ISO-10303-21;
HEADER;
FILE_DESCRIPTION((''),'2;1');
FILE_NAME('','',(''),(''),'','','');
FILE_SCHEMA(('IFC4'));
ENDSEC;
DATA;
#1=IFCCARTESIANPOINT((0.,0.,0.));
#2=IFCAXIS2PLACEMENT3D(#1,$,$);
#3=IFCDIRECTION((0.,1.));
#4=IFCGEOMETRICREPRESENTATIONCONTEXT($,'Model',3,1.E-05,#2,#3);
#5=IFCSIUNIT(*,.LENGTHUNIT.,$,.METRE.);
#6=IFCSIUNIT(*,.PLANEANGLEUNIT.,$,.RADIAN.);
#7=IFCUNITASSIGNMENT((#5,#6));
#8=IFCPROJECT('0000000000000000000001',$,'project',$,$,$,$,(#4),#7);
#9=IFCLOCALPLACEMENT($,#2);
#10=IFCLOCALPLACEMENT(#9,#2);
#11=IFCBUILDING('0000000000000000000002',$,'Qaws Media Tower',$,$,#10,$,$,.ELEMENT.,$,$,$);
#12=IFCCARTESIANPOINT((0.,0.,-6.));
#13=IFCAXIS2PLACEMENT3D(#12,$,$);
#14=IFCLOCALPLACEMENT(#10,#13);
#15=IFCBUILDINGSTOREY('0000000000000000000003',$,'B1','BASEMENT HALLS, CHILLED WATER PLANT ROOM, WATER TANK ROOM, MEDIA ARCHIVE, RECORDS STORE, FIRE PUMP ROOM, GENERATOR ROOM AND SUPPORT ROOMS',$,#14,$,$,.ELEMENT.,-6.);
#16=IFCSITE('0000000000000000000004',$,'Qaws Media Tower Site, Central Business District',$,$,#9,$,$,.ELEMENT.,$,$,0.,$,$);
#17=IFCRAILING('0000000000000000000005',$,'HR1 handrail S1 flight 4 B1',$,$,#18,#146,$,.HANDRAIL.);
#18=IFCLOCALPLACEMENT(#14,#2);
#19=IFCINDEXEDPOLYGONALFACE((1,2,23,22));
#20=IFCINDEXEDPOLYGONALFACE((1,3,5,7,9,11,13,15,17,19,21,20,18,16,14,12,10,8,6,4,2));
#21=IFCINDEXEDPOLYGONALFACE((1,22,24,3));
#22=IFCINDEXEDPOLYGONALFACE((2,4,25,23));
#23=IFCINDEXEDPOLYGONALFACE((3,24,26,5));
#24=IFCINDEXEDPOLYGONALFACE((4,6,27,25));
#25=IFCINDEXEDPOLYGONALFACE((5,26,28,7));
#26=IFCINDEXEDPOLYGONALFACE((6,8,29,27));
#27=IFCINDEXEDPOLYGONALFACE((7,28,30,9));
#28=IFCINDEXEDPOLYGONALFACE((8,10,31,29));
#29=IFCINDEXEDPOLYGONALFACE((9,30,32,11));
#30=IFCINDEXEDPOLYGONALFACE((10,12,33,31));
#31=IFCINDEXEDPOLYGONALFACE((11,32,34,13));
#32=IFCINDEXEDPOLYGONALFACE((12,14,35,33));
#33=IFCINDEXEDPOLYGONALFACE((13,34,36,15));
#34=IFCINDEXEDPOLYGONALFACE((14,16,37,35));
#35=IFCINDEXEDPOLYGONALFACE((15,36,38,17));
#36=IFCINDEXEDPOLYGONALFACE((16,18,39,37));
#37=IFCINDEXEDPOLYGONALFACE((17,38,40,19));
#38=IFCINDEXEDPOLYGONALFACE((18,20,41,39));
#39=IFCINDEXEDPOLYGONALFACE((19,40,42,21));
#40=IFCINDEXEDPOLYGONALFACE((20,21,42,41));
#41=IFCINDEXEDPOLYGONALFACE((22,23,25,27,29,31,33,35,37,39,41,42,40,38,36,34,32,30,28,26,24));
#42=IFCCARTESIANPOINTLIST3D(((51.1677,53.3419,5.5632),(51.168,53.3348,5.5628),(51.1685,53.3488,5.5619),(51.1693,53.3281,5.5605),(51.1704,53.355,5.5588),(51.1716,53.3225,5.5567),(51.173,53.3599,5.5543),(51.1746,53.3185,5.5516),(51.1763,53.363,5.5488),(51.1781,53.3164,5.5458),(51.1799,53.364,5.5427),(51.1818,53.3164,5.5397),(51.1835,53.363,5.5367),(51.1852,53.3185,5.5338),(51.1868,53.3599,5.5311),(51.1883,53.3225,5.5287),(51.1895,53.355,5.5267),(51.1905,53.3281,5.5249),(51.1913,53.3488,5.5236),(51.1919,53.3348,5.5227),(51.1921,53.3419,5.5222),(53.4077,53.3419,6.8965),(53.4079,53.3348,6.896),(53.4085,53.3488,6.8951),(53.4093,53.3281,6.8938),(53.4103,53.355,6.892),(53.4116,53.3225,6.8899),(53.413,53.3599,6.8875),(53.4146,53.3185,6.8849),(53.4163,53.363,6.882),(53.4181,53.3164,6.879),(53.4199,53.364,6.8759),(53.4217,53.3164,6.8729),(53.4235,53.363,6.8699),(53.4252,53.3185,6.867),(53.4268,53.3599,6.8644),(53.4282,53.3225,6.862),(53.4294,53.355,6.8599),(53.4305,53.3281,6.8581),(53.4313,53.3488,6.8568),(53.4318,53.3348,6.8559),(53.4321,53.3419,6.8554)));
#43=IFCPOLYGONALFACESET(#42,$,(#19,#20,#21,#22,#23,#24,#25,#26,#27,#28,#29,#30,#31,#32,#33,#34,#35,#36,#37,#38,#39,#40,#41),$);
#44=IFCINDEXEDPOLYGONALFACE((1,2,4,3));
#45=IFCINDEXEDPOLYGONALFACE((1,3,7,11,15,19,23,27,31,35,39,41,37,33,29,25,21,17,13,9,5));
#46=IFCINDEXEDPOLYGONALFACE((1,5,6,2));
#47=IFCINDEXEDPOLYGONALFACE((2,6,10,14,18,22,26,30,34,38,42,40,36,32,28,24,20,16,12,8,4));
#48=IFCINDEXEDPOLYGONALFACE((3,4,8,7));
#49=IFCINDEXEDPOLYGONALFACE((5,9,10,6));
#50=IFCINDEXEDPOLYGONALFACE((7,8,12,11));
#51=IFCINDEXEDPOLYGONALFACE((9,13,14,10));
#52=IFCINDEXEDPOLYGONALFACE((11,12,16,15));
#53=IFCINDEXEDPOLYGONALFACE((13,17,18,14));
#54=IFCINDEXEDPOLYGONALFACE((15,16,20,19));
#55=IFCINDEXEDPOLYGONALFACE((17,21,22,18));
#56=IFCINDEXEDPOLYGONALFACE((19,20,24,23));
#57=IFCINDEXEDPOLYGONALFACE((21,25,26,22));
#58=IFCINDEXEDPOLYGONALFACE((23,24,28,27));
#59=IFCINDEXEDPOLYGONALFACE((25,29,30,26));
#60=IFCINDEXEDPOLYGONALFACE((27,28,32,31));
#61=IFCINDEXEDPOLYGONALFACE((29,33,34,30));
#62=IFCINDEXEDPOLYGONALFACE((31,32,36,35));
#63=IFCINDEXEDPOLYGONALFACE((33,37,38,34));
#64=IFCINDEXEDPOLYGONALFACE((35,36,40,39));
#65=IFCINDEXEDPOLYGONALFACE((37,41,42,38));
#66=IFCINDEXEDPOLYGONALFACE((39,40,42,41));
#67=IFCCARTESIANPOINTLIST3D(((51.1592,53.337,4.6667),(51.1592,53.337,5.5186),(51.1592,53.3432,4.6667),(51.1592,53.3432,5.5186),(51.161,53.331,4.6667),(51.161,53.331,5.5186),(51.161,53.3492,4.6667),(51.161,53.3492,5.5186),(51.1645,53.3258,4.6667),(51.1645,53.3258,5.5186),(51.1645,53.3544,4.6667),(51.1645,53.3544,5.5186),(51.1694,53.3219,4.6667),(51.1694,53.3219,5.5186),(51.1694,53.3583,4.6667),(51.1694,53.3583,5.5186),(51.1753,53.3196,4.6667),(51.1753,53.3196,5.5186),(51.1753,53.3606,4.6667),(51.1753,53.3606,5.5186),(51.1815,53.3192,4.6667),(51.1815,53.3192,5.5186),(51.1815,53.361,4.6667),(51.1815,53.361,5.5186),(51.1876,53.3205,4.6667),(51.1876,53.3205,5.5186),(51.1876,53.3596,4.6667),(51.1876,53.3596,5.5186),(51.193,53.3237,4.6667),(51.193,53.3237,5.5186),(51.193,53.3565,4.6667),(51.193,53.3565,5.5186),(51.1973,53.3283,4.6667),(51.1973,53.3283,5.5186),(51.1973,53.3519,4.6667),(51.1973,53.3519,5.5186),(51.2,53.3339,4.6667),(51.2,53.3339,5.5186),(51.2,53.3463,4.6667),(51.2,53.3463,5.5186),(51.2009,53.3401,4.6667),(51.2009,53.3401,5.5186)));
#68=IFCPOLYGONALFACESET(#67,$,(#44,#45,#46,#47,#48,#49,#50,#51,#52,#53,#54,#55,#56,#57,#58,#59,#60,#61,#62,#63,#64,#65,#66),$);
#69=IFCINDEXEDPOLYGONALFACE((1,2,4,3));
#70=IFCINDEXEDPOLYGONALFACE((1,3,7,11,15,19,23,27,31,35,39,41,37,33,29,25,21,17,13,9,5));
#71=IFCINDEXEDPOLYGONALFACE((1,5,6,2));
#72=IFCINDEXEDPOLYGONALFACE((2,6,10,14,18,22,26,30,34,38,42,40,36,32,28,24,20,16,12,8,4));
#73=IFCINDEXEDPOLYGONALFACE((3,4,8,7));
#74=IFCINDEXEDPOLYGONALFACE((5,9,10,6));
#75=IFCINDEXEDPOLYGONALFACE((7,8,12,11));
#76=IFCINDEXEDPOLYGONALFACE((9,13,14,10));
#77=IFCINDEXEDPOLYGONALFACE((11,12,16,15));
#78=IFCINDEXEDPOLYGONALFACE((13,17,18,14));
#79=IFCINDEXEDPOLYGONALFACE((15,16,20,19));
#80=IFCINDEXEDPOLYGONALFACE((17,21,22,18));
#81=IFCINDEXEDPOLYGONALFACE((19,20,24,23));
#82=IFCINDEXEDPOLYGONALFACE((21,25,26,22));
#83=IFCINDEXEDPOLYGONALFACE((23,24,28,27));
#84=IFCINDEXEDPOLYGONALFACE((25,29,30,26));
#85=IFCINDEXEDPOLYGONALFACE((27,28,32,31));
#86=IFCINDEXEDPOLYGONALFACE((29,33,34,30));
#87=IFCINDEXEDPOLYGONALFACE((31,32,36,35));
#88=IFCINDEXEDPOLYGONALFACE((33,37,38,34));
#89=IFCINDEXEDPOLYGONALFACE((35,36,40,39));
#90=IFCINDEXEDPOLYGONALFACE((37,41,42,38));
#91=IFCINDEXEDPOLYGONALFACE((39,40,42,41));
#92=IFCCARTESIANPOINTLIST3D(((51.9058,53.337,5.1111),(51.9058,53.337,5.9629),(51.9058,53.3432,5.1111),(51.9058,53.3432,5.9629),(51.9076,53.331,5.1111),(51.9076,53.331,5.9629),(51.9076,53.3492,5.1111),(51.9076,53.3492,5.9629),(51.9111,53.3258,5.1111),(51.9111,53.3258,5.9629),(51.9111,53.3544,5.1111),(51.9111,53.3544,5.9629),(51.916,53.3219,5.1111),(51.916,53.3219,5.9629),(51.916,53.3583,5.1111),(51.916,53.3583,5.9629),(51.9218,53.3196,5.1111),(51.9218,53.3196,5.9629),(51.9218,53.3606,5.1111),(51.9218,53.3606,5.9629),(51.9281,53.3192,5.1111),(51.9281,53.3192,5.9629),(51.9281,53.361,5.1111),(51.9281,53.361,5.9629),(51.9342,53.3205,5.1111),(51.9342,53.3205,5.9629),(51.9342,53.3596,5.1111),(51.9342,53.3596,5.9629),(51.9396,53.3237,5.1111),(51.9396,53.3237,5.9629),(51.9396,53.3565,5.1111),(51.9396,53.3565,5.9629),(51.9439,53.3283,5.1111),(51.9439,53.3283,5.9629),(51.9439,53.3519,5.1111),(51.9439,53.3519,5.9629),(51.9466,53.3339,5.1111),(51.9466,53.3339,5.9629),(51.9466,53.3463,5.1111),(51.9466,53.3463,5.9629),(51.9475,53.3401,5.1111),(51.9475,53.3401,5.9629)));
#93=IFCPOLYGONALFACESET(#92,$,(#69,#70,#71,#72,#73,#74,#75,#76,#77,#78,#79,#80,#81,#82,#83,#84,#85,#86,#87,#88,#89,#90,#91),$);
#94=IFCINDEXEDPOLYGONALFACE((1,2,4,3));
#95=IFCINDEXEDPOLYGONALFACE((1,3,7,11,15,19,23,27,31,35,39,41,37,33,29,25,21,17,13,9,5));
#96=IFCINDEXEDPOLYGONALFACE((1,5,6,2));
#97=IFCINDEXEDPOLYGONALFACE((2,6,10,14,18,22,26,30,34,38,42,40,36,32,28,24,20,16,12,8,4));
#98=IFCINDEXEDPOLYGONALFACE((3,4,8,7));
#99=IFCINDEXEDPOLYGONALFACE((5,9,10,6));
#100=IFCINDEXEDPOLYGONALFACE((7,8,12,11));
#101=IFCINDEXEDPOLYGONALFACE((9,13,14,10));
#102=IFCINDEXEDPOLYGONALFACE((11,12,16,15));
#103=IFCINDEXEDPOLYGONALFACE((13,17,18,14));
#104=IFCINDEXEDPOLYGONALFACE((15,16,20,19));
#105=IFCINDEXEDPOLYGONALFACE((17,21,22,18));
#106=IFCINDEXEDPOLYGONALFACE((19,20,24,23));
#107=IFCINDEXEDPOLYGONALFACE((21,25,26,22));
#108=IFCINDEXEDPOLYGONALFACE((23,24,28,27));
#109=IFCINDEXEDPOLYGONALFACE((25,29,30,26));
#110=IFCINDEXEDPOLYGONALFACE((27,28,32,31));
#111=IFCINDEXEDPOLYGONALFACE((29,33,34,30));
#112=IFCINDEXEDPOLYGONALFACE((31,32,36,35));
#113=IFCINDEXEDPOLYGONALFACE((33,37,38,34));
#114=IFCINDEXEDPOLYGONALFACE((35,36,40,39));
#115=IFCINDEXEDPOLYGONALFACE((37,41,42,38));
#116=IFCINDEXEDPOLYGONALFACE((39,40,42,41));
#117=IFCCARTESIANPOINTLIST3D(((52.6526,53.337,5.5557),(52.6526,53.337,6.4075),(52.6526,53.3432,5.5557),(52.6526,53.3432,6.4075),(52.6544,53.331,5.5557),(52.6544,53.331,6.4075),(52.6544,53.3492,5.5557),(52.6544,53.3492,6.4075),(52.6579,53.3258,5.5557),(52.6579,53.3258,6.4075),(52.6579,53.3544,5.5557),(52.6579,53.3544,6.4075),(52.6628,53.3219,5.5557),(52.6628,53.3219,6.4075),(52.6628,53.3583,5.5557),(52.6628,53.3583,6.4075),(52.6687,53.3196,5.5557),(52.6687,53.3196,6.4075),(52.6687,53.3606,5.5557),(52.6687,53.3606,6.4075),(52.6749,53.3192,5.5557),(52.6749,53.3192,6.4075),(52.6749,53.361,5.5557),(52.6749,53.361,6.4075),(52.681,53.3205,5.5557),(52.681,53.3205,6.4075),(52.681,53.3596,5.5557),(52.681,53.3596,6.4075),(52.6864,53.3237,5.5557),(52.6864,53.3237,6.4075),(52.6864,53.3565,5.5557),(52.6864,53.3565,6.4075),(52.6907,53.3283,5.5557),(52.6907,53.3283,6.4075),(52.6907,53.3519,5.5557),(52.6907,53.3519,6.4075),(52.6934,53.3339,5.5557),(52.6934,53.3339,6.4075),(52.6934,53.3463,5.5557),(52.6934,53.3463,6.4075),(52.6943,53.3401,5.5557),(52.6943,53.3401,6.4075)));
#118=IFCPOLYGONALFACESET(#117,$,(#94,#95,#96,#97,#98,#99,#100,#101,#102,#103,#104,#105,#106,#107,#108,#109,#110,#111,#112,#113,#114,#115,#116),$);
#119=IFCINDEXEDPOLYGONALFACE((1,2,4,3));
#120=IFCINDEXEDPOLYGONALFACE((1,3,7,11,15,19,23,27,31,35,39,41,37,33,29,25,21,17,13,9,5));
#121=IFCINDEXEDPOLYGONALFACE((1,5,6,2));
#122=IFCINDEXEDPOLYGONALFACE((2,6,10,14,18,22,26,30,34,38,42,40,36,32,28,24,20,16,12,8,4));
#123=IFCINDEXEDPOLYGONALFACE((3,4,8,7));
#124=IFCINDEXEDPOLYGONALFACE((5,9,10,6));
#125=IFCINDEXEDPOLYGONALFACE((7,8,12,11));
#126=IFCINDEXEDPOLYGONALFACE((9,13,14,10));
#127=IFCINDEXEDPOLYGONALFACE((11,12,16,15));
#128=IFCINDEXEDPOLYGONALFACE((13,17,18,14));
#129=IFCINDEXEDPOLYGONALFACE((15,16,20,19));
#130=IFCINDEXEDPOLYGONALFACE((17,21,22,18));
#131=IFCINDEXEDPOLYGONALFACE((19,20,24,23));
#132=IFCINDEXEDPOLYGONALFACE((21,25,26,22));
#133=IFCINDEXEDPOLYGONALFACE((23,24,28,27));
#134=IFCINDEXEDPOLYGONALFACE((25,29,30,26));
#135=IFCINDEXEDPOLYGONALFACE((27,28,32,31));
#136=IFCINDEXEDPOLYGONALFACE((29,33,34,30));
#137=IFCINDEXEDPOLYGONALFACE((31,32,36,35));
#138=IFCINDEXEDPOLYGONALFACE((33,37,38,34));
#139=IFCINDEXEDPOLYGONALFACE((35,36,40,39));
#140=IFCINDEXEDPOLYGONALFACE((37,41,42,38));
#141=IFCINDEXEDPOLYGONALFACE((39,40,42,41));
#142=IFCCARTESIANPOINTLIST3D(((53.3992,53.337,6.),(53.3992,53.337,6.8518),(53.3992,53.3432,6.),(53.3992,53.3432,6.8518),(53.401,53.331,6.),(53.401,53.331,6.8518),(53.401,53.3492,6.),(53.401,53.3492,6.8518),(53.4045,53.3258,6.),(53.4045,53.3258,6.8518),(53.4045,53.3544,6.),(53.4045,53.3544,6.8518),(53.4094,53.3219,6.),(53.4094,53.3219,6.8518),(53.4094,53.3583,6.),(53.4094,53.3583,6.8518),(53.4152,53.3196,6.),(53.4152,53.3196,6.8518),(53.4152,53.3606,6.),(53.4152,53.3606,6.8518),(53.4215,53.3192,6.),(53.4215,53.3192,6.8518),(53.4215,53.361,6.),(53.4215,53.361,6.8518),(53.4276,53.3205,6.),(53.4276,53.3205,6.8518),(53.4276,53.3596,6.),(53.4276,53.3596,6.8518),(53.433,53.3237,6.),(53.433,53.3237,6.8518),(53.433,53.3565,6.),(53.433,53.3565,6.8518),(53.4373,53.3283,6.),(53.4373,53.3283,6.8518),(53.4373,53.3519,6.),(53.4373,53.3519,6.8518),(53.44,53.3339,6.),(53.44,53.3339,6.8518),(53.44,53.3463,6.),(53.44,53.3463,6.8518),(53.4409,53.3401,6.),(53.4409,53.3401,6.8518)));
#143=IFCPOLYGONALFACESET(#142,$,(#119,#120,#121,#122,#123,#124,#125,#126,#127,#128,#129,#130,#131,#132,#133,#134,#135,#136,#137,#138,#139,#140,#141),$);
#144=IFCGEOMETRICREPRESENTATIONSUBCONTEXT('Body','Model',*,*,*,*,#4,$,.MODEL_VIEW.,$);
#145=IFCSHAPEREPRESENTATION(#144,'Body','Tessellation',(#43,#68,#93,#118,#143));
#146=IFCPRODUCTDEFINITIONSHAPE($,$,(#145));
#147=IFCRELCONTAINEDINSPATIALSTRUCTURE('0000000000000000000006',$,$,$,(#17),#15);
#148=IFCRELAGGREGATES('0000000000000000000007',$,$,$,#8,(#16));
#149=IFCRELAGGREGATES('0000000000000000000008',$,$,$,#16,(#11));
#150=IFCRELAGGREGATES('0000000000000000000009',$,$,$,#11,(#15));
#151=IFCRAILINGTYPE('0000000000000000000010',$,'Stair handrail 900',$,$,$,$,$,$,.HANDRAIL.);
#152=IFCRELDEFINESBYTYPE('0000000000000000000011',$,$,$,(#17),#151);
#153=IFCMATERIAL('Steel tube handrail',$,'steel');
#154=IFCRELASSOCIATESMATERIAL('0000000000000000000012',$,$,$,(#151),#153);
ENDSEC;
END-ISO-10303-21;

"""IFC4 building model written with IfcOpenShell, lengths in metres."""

from ifc_helpers import new_model, si_unit, direction, frame, origin, origin_2d, place, context, subcontext, project, spatial, circle, extrude, material, type_object, element, save


model = new_model("IFC4")

# Units and contexts
model_context = context("Model", 3, precision=1e-05, world=origin(), true_north=direction((0.0, 1.0)))
body_context = subcontext(model_context, "Body", "Model", "MODEL_VIEW")
ifc_project = project(units=[si_unit("LENGTHUNIT", "METRE"), si_unit("PLANEANGLEUNIT", "RADIAN")], contexts=[model_context])

# Site, building, storey
site_placement = place(None, origin())
site = spatial("IfcSite", under=ifc_project, at=site_placement, Name="Qaws Media Tower Site, Central Business District", CompositionType="ELEMENT", RefElevation=0.0)
building_placement = place(site_placement, origin())
building = spatial("IfcBuilding", under=site, at=building_placement, Name="Qaws Media Tower", CompositionType="ELEMENT")
storey_placement = place(building_placement, frame((0.0, 0.0, -6.0)))
storey = spatial("IfcBuildingStorey", under=building, at=storey_placement, Name="B1", Description="BASEMENT HALLS, CHILLED WATER PLANT ROOM, WATER TANK ROOM, MEDIA ARCHIVE, RECORDS STORE, FIRE PUMP ROOM, GENERATOR ROOM AND SUPPORT ROOMS", CompositionType="ELEMENT", Elevation=-6.0)

# Railing
ifc_material_1 = material(Name="Steel tube handrail", Category="steel")
railing_type = type_object("IfcRailingType", Name="Stair handrail 900", PredefinedType="HANDRAIL", material=ifc_material_1)
for number, where, name in (
    (1, (51.1799, 53.3401, 4.6667), "HR1 handrail S1 flight 4 B1"),
):
    element("IfcRailing", number, at=place(storey_placement, frame(where)), inside=storey, type_object=railing_type, Name=name, PredefinedType="HANDRAIL", context=body_context, shape_type="SweptSolid", body=[
        extrude(circle(Radius=0.0239, at=origin_2d()), frame((0.0, 0.0, 0.876), z_axis=(0.859306, 0.0, 0.511462), x_axis=(0.0, 1.0, 0.0)), (0.0, 0.0, 1.0), 2.6067),
        extrude(circle(Radius=0.021, at=origin_2d()), origin(), (0.0, 0.0, 1.0), 0.8518),
        extrude(circle(Radius=0.021, at=origin_2d()), frame((0.7466, 0.0, 0.4443)), (0.0, 0.0, 1.0), 0.8518),
        extrude(circle(Radius=0.021, at=origin_2d()), frame((1.4934, 0.0, 0.8889)), (0.0, 0.0, 1.0), 0.8518),
        extrude(circle(Radius=0.021, at=origin_2d()), frame((2.24, 0.0, 1.3333)), (0.0, 0.0, 1.0), 0.8518),
    ])

save(model, "model.ifc")
